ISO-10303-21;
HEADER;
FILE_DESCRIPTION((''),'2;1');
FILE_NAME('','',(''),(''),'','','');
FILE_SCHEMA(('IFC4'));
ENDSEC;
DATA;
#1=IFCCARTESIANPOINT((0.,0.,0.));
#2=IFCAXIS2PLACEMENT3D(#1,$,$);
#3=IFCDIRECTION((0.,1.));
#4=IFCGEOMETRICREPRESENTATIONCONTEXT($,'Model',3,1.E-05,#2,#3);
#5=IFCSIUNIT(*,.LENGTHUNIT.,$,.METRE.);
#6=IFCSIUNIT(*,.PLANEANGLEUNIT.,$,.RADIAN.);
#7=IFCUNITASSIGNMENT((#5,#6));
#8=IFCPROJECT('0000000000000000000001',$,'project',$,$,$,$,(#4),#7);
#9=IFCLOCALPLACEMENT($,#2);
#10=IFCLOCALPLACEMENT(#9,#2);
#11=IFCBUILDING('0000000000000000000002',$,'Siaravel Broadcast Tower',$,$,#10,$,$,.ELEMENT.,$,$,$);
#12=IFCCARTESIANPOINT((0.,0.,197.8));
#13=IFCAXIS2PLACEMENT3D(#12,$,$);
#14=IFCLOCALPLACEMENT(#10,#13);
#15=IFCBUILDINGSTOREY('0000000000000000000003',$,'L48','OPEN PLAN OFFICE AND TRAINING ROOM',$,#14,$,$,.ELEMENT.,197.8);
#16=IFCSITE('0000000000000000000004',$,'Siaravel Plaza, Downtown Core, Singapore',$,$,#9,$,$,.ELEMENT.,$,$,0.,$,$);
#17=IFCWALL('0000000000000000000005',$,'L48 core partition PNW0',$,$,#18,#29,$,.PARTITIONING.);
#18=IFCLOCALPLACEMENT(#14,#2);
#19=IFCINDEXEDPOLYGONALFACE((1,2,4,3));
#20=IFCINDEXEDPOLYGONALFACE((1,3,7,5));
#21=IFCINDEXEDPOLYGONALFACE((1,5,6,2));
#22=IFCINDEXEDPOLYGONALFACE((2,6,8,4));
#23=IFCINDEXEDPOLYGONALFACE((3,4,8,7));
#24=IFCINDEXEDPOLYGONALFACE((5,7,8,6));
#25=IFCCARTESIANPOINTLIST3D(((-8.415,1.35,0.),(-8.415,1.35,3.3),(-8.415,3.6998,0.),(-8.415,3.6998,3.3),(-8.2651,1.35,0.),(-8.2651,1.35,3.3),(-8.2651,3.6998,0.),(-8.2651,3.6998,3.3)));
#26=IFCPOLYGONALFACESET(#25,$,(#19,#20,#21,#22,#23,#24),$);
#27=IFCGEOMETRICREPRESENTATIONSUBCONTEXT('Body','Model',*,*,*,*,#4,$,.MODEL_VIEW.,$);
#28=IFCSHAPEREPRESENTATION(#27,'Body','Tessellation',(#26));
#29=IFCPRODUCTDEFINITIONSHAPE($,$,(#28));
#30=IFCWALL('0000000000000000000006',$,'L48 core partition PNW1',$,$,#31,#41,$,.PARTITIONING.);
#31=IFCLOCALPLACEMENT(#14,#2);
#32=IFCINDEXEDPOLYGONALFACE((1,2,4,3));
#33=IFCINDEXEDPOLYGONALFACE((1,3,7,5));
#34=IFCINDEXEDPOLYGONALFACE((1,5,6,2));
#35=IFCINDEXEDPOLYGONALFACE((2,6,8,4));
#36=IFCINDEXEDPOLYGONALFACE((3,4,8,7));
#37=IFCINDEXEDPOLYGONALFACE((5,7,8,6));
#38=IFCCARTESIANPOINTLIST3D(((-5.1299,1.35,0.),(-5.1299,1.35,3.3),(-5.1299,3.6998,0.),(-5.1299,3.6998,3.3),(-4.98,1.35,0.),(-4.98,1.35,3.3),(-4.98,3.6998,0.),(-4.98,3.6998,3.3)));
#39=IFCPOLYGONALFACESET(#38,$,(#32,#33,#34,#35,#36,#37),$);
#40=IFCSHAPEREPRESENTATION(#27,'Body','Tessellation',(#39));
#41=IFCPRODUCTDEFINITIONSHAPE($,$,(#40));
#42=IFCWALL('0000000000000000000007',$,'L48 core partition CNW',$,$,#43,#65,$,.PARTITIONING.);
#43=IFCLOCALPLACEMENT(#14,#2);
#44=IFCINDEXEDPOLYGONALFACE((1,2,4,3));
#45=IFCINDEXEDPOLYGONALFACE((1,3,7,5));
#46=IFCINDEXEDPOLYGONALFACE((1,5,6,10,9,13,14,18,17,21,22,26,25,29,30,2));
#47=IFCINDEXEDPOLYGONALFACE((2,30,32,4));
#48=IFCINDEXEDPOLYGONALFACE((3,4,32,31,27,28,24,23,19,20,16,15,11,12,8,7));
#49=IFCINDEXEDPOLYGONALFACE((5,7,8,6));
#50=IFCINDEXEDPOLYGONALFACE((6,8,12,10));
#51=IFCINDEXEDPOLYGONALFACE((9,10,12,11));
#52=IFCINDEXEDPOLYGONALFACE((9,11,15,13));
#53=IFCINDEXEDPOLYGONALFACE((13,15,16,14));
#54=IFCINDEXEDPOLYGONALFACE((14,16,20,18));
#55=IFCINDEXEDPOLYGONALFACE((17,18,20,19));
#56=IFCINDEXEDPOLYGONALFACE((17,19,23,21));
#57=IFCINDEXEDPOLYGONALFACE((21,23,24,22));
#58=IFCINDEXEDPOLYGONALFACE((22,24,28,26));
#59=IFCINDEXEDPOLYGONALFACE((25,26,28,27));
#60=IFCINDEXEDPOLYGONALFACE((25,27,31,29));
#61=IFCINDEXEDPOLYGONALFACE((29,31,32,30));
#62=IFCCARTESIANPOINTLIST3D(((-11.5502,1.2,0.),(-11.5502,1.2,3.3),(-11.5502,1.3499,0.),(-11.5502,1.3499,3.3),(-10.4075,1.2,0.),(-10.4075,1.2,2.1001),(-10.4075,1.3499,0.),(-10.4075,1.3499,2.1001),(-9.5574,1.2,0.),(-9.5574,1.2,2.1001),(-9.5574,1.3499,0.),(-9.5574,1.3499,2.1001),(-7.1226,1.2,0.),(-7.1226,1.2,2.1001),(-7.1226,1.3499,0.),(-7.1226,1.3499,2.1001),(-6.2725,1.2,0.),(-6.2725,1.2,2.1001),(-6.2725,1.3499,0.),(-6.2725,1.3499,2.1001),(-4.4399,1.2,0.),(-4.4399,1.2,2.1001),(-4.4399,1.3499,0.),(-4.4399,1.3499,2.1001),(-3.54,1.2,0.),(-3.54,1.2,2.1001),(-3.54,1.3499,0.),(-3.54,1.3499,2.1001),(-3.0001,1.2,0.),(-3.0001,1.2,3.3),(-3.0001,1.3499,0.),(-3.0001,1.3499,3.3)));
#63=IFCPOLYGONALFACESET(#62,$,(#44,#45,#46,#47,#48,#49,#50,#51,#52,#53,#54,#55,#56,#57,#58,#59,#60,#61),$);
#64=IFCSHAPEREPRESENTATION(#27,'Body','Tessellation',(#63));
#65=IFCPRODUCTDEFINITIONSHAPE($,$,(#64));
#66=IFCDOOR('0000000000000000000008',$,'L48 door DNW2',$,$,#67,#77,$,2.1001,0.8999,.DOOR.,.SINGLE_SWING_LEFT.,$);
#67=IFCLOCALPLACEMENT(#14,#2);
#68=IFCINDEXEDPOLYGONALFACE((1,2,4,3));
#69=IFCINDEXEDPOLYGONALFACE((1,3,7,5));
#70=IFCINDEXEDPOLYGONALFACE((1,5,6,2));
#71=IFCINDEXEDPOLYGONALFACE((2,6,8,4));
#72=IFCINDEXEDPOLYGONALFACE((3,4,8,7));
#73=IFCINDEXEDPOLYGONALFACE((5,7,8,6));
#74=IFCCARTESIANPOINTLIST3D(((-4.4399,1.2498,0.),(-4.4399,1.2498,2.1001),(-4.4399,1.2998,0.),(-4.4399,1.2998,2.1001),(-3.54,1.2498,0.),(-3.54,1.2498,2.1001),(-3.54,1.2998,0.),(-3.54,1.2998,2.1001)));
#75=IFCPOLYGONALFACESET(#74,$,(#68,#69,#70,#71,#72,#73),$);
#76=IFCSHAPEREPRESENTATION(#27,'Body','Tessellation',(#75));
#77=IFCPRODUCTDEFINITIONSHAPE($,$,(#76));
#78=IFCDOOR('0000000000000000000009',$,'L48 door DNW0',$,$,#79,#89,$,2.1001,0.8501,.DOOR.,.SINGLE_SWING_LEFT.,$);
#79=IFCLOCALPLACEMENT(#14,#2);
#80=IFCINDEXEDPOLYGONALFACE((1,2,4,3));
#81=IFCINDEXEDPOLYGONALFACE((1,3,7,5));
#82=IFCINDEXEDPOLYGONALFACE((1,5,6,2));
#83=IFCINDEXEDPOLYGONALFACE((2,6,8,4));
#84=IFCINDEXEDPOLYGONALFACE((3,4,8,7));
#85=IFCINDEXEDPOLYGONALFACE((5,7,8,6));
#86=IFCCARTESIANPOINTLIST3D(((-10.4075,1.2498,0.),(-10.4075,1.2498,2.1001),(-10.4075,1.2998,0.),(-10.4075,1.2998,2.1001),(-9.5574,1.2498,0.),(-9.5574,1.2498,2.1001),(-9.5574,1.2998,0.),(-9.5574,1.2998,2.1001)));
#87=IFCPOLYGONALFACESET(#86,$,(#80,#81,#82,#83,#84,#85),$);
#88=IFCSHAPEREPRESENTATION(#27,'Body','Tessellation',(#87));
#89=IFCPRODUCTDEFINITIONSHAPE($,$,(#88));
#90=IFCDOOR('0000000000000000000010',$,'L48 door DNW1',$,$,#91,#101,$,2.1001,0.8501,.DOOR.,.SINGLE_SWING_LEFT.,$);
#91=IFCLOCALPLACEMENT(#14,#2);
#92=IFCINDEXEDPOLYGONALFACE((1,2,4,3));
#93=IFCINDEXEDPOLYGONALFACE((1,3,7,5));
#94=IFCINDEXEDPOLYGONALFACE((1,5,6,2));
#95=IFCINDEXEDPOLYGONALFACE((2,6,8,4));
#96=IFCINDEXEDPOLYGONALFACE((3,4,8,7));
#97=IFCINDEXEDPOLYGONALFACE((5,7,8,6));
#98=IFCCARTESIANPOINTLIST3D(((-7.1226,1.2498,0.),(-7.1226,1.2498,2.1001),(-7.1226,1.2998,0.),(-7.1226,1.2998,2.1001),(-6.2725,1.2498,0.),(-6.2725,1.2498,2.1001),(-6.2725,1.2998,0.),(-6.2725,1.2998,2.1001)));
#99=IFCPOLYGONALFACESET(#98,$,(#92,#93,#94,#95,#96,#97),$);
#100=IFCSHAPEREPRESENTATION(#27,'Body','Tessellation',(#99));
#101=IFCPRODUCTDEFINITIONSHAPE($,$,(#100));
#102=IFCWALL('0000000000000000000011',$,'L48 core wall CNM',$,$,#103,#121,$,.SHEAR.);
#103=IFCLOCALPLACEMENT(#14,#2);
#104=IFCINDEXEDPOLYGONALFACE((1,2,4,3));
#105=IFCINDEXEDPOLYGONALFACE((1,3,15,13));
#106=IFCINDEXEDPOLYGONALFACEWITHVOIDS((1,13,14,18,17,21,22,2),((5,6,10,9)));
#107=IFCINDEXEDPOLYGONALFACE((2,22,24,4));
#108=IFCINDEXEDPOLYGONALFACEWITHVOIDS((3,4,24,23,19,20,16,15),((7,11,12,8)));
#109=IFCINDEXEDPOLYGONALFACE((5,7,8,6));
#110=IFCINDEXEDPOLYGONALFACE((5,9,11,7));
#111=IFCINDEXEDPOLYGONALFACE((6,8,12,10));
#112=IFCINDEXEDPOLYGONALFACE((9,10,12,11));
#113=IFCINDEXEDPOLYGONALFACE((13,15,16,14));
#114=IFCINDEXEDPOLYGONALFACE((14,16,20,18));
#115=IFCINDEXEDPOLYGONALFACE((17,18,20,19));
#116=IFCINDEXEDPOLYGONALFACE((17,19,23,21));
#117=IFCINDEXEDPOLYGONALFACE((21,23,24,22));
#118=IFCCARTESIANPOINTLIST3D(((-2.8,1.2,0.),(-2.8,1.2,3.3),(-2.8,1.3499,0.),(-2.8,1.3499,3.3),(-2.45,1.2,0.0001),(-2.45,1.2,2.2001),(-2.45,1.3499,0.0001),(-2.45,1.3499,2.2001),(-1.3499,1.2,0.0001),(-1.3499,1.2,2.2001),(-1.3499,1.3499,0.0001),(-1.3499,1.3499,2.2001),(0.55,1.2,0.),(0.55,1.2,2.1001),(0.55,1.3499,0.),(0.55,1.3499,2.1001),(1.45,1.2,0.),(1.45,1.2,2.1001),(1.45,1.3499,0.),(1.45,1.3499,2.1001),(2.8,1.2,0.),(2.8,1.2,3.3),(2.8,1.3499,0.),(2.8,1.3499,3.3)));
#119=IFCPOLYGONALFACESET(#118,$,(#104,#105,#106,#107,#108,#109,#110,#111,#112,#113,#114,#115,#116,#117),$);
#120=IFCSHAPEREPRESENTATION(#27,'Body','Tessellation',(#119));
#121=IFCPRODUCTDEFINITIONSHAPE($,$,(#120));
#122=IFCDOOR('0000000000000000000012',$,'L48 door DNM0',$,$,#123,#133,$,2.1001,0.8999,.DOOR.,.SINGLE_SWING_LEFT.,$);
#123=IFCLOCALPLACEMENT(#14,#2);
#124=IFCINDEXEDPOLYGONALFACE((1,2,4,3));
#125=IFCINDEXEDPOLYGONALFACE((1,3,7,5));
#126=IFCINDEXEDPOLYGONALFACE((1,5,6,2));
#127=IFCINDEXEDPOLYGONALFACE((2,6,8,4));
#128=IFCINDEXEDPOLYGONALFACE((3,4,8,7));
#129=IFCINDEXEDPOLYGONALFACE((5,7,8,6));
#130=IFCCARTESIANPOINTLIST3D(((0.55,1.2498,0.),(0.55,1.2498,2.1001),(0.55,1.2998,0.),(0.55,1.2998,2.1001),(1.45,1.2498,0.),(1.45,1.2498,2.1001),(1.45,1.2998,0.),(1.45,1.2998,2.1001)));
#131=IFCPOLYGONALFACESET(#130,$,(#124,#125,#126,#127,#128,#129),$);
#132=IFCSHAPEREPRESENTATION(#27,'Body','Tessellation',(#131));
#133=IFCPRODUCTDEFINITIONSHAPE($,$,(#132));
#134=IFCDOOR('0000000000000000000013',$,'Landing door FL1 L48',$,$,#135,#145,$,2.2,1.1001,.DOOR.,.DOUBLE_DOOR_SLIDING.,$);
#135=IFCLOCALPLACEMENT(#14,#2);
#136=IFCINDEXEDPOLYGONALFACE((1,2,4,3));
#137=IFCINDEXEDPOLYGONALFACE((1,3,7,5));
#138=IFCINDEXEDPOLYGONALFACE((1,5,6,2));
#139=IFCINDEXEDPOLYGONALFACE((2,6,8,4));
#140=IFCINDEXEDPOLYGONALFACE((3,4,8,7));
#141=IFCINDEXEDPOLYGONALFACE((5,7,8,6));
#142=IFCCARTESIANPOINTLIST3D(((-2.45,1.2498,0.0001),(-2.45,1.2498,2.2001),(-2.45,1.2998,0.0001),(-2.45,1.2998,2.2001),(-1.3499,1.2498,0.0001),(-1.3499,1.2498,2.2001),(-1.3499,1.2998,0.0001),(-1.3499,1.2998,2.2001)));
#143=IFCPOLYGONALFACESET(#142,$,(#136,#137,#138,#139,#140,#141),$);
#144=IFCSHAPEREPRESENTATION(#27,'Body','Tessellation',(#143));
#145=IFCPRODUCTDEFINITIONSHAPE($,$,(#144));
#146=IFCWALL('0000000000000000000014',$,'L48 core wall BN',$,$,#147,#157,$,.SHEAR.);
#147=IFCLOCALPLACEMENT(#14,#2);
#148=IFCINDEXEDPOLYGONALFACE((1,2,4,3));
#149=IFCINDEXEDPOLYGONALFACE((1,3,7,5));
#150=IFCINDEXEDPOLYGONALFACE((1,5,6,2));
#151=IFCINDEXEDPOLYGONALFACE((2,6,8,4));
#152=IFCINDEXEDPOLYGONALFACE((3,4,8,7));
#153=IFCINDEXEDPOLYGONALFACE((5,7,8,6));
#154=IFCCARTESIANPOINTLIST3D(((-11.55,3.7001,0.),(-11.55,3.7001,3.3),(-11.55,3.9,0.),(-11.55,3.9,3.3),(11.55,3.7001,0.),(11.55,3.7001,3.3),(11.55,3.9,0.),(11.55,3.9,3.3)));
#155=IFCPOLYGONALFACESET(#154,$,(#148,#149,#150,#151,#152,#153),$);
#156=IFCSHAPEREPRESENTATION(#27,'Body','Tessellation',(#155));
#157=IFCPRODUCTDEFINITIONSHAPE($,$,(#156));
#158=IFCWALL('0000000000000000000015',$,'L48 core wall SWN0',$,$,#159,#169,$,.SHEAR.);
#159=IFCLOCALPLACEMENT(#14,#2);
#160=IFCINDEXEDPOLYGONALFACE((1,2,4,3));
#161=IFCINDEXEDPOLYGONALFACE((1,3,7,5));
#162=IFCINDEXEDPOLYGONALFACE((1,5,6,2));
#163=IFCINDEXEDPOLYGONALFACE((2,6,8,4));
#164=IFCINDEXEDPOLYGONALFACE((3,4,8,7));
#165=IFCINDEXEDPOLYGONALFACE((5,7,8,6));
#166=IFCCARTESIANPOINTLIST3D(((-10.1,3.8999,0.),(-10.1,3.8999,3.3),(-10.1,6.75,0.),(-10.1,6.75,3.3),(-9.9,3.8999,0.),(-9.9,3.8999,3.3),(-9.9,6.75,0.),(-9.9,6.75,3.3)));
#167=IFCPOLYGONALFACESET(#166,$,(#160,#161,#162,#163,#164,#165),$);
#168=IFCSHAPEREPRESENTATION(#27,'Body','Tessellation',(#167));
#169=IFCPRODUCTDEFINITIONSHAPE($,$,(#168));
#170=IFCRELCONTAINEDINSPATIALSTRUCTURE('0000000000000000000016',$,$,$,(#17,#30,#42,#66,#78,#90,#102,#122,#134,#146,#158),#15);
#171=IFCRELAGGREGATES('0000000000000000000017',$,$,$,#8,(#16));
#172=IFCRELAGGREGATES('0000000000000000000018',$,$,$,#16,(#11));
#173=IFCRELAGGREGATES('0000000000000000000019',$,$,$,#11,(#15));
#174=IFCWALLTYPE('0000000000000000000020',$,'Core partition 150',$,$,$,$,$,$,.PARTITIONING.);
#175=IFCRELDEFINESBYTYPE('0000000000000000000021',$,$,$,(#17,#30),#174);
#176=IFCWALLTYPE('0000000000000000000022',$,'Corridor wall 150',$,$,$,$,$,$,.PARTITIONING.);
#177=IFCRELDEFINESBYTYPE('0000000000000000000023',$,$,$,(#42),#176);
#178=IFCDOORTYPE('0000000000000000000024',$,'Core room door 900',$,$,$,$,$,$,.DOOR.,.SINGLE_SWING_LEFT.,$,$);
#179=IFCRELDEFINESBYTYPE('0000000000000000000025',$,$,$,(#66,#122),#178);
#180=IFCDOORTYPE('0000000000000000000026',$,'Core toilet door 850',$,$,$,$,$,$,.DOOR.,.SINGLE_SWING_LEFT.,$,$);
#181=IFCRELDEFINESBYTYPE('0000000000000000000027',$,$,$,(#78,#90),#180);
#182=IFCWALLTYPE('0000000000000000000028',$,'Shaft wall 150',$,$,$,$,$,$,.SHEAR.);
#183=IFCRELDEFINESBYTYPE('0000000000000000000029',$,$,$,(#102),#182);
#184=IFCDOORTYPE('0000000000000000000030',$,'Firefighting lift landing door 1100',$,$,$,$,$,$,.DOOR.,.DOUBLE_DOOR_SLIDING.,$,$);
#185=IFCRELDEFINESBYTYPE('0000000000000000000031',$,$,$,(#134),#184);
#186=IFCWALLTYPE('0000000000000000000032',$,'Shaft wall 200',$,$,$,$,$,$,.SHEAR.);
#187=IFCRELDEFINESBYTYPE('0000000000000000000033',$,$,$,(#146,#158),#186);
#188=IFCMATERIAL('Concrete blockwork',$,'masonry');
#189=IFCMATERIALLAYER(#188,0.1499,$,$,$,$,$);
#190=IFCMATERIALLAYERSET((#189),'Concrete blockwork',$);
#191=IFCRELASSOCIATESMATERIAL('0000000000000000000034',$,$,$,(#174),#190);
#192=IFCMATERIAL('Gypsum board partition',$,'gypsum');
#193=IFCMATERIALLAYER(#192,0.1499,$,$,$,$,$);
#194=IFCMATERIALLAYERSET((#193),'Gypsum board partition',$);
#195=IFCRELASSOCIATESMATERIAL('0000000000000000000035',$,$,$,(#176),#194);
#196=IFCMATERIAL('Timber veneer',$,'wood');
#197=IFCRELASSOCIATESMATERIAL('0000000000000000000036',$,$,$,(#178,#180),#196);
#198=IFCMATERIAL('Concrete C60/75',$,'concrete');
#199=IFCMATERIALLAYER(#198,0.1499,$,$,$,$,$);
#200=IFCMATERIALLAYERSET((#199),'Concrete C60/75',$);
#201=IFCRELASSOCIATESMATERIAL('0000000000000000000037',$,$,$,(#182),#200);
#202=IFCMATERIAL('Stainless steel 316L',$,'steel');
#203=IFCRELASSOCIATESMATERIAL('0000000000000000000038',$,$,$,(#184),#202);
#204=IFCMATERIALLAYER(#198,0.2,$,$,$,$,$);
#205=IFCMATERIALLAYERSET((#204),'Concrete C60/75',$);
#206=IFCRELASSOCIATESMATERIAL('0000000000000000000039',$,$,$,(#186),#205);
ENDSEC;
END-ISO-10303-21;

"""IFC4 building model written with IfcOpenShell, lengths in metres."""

from ifc_helpers import new_model, si_unit, direction, frame, frame_2d, origin, place, context, subcontext, project, spatial, rectangle, extrude, material, layer, layer_set, type_object, element, fill, save


model = new_model("IFC4")

# Units and contexts
model_context = context("Model", 3, precision=1e-05, world=origin(), true_north=direction((0.0, 1.0)))
body_context = subcontext(model_context, "Body", "Model", "MODEL_VIEW")
ifc_project = project(units=[si_unit("LENGTHUNIT", "METRE"), si_unit("PLANEANGLEUNIT", "RADIAN")], contexts=[model_context])

# Site, building, storey
site_placement = place(None, origin())
site = spatial("IfcSite", under=ifc_project, at=site_placement, Name="Siaravel Plaza, Downtown Core, Singapore", CompositionType="ELEMENT", RefElevation=0.0)
building_placement = place(site_placement, origin())
building = spatial("IfcBuilding", under=site, at=building_placement, Name="Siaravel Broadcast Tower", CompositionType="ELEMENT")
storey_placement = place(building_placement, frame((0.0, 0.0, 197.8)))
storey = spatial("IfcBuildingStorey", under=building, at=storey_placement, Name="L48", Description="OPEN PLAN OFFICE AND TRAINING ROOM", CompositionType="ELEMENT", Elevation=197.8)

# Walls
ifc_material_1 = material(Name="Concrete blockwork", Category="masonry")
ifc_layer_1 = layer(ifc_material_1, 0.1499)
ifc_layer_set_1 = layer_set([ifc_layer_1], Name="Concrete blockwork")
wall_type_1 = type_object("IfcWallType", Name="Core partition 150", PredefinedType="PARTITIONING", material=ifc_layer_set_1)
for number, where, z_axis, x_axis, name in (
    (1, (-8.3401, 1.3501, 0.0), (0.0, 0.0, 1.0), (0.0, 1.0, 0.0), "L48 core partition PNW0"),
    (2, (-5.0549, 1.3501, 0.0), (0.0, 0.0, 1.0), (0.0, 1.0, 0.0), "L48 core partition PNW1"),
):
    element("IfcWall", number, at=place(storey_placement, frame(where, z_axis=z_axis, x_axis=x_axis)), inside=storey, type_object=wall_type_1, Name=name, PredefinedType="PARTITIONING", context=body_context, shape_type="SweptSolid", body=[
        extrude(rectangle(XDim=2.3499, YDim=0.1499, at=frame_2d((1.1748, 0.0))), origin(), (0.0, 0.0, 1.0), 3.3),
    ])

# Walls, openings, doors
ifc_material_2 = material(Name="Gypsum board partition", Category="gypsum")
ifc_layer_2 = layer(ifc_material_2, 0.1499)
ifc_layer_set_2 = layer_set([ifc_layer_2], Name="Gypsum board partition")
wall_type_2 = type_object("IfcWallType", Name="Corridor wall 150", PredefinedType="PARTITIONING", material=ifc_layer_set_2)
wall_1_placement = place(storey_placement, frame((-11.55, 1.2749, 0.0), z_axis=(0.0, 0.0, 1.0), x_axis=(1.0, 0.0, 0.0)))
wall_1 = element("IfcWall", 3, at=wall_1_placement, inside=storey, type_object=wall_type_2, Name="L48 core partition CNW", PredefinedType="PARTITIONING", context=body_context, shape_type="SweptSolid", body=[
    extrude(rectangle(XDim=8.55, YDim=0.1499, at=frame_2d((4.2749, 0.0))), origin(), (0.0, 0.0, 1.0), 3.3),
])
opening_1_placement = place(wall_1_placement, frame((1.1426, 0.0, 0.0)))
opening_1 = element("IfcOpeningElement", 4, at=opening_1_placement, cuts=wall_1, PredefinedType="OPENING", context=body_context, shape_type="SweptSolid", body=[
    extrude(rectangle(XDim=0.8501, YDim=2.1001, at=frame_2d((0.425, 1.05))), frame((0.0, 0.085, 0.0), z_axis=(0.0, -1.0, 0.0), x_axis=(1.0, 0.0, 0.0)), (0.0, 0.0, 1.0), 0.1699),
])
opening_2_placement = place(wall_1_placement, frame((4.4275, 0.0, 0.0)))
opening_2 = element("IfcOpeningElement", 5, at=opening_2_placement, cuts=wall_1, PredefinedType="OPENING", context=body_context, shape_type="SweptSolid", body=[
    extrude(rectangle(XDim=0.8501, YDim=2.1001, at=frame_2d((0.425, 1.05))), frame((0.0, 0.085, 0.0), z_axis=(0.0, -1.0, 0.0), x_axis=(1.0, 0.0, 0.0)), (0.0, 0.0, 1.0), 0.1699),
])
opening_3_placement = place(wall_1_placement, frame((7.1101, 0.0, 0.0)))
opening_3 = element("IfcOpeningElement", 6, at=opening_3_placement, cuts=wall_1, PredefinedType="OPENING", context=body_context, shape_type="SweptSolid", body=[
    extrude(rectangle(XDim=0.8999, YDim=2.1001, at=frame_2d((0.45, 1.05))), frame((0.0, 0.085, 0.0), z_axis=(0.0, -1.0, 0.0), x_axis=(1.0, 0.0, 0.0)), (0.0, 0.0, 1.0), 0.1699),
])
ifc_material_3 = material(Name="Timber veneer", Category="wood")
door_type_1 = type_object("IfcDoorType", Name="Core room door 900", OperationType="SINGLE_SWING_LEFT", PredefinedType="DOOR", material=ifc_material_3)
door_1_placement = place(opening_3_placement, origin())
door_1 = element("IfcDoor", 7, at=door_1_placement, inside=storey, type_object=door_type_1, Name="L48 door DNW2", OperationType="SINGLE_SWING_LEFT", OverallHeight=2.1001, OverallWidth=0.8999, PredefinedType="DOOR", context=body_context, shape_type="SweptSolid", body=[
    extrude(rectangle(XDim=0.8999, YDim=2.1001, at=frame_2d((0.45, 1.05))), frame((0.0, 0.0249, 0.0), z_axis=(0.0, -1.0, 0.0), x_axis=(1.0, 0.0, 0.0)), (0.0, 0.0, 1.0), 0.05),
])
fill(opening_3, door_1)
door_type_2 = type_object("IfcDoorType", Name="Core toilet door 850", OperationType="SINGLE_SWING_LEFT", PredefinedType="DOOR", material=ifc_material_3)
door_2_placement = place(opening_1_placement, origin())
door_2 = element("IfcDoor", 8, at=door_2_placement, inside=storey, type_object=door_type_2, Name="L48 door DNW0", OperationType="SINGLE_SWING_LEFT", OverallHeight=2.1001, OverallWidth=0.8501, PredefinedType="DOOR", context=body_context, shape_type="SweptSolid", body=[
    extrude(rectangle(XDim=0.8501, YDim=2.1001, at=frame_2d((0.425, 1.05))), frame((0.0, 0.0249, 0.0), z_axis=(0.0, -1.0, 0.0), x_axis=(1.0, 0.0, 0.0)), (0.0, 0.0, 1.0), 0.05),
])
fill(opening_1, door_2)
door_3_placement = place(opening_2_placement, origin())
door_3 = element("IfcDoor", 9, at=door_3_placement, inside=storey, type_object=door_type_2, Name="L48 door DNW1", OperationType="SINGLE_SWING_LEFT", OverallHeight=2.1001, OverallWidth=0.8501, PredefinedType="DOOR", context=body_context, shape_type="SweptSolid", body=[
    extrude(rectangle(XDim=0.8501, YDim=2.1001, at=frame_2d((0.425, 1.05))), frame((0.0, 0.0249, 0.0), z_axis=(0.0, -1.0, 0.0), x_axis=(1.0, 0.0, 0.0)), (0.0, 0.0, 1.0), 0.05),
])
fill(opening_2, door_3)
ifc_material_4 = material(Name="Concrete C60/75", Category="concrete")
ifc_layer_3 = layer(ifc_material_4, 0.1499)
ifc_layer_set_3 = layer_set([ifc_layer_3], Name="Concrete C60/75")
wall_type_3 = type_object("IfcWallType", Name="Shaft wall 150", PredefinedType="SHEAR", material=ifc_layer_set_3)
wall_2_placement = place(storey_placement, frame((-2.8, 1.2749, 0.0), z_axis=(0.0, 0.0, 1.0), x_axis=(1.0, 0.0, 0.0)))
wall_2 = element("IfcWall", 10, at=wall_2_placement, inside=storey, type_object=wall_type_3, Name="L48 core wall CNM", PredefinedType="SHEAR", context=body_context, shape_type="SweptSolid", body=[
    extrude(rectangle(XDim=5.6001, YDim=0.1499, at=frame_2d((2.8, 0.0))), origin(), (0.0, 0.0, 1.0), 3.3),
])
opening_4_placement = place(wall_2_placement, frame((0.3501, 0.0, 0.0)))
opening_4 = element("IfcOpeningElement", 11, at=opening_4_placement, cuts=wall_2, PredefinedType="OPENING", context=body_context, shape_type="SweptSolid", body=[
    extrude(rectangle(XDim=1.1001, YDim=2.2, at=frame_2d((0.55, 1.1001))), frame((0.0, 0.085, 0.0), z_axis=(0.0, -1.0, 0.0), x_axis=(1.0, 0.0, 0.0)), (0.0, 0.0, 1.0), 0.1699),
])
opening_5_placement = place(wall_2_placement, frame((3.3501, 0.0, 0.0)))
opening_5 = element("IfcOpeningElement", 12, at=opening_5_placement, cuts=wall_2, PredefinedType="OPENING", context=body_context, shape_type="SweptSolid", body=[
    extrude(rectangle(XDim=0.8999, YDim=2.1001, at=frame_2d((0.45, 1.05))), frame((0.0, 0.085, 0.0), z_axis=(0.0, -1.0, 0.0), x_axis=(1.0, 0.0, 0.0)), (0.0, 0.0, 1.0), 0.1699),
])
door_4_placement = place(opening_5_placement, origin())
door_4 = element("IfcDoor", 13, at=door_4_placement, inside=storey, type_object=door_type_1, Name="L48 door DNM0", OperationType="SINGLE_SWING_LEFT", OverallHeight=2.1001, OverallWidth=0.8999, PredefinedType="DOOR", context=body_context, shape_type="SweptSolid", body=[
    extrude(rectangle(XDim=0.8999, YDim=2.1001, at=frame_2d((0.45, 1.05))), frame((0.0, 0.0249, 0.0), z_axis=(0.0, -1.0, 0.0), x_axis=(1.0, 0.0, 0.0)), (0.0, 0.0, 1.0), 0.05),
])
fill(opening_5, door_4)
ifc_material_5 = material(Name="Stainless steel 316L", Category="steel")
door_type_3 = type_object("IfcDoorType", Name="Firefighting lift landing door 1100", OperationType="DOUBLE_DOOR_SLIDING", PredefinedType="DOOR", material=ifc_material_5)
door_5_placement = place(opening_4_placement, origin())
door_5 = element("IfcDoor", 14, at=door_5_placement, inside=storey, type_object=door_type_3, Name="Landing door FL1 L48", OperationType="DOUBLE_DOOR_SLIDING", OverallHeight=2.2, OverallWidth=1.1001, PredefinedType="DOOR", context=body_context, shape_type="SweptSolid", body=[
    extrude(rectangle(XDim=1.1001, YDim=2.2, at=frame_2d((0.55, 1.1001))), frame((0.0, 0.0249, 0.0), z_axis=(0.0, -1.0, 0.0), x_axis=(1.0, 0.0, 0.0)), (0.0, 0.0, 1.0), 0.05),
])
fill(opening_4, door_5)

# Walls
ifc_layer_4 = layer(ifc_material_4, 0.2)
ifc_layer_set_4 = layer_set([ifc_layer_4], Name="Concrete C60/75")
wall_type_4 = type_object("IfcWallType", Name="Shaft wall 200", PredefinedType="SHEAR", material=ifc_layer_set_4)
wall_3_placement = place(storey_placement, frame((-11.55, 3.8, 0.0), z_axis=(0.0, 0.0, 1.0), x_axis=(1.0, 0.0, 0.0)))
element("IfcWall", 15, at=wall_3_placement, inside=storey, type_object=wall_type_4, Name="L48 core wall BN", PredefinedType="SHEAR", context=body_context, shape_type="SweptSolid", body=[
    extrude(rectangle(XDim=23.1001, YDim=0.2, at=frame_2d((11.55, 0.0))), origin(), (0.0, 0.0, 1.0), 3.3),
])
for number, where, z_axis, x_axis, name in (
    (16, (-10.0, 3.8999, 0.0), (0.0, 0.0, 1.0), (0.0, 1.0, 0.0), "L48 core wall SWN0"),
):
    element("IfcWall", number, at=place(storey_placement, frame(where, z_axis=z_axis, x_axis=x_axis)), inside=storey, type_object=wall_type_4, Name=name, PredefinedType="SHEAR", context=body_context, shape_type="SweptSolid", body=[
        extrude(rectangle(XDim=2.8501, YDim=0.2, at=frame_2d((1.425, 0.0))), origin(), (0.0, 0.0, 1.0), 3.3),
    ])

save(model, "model.ifc")
